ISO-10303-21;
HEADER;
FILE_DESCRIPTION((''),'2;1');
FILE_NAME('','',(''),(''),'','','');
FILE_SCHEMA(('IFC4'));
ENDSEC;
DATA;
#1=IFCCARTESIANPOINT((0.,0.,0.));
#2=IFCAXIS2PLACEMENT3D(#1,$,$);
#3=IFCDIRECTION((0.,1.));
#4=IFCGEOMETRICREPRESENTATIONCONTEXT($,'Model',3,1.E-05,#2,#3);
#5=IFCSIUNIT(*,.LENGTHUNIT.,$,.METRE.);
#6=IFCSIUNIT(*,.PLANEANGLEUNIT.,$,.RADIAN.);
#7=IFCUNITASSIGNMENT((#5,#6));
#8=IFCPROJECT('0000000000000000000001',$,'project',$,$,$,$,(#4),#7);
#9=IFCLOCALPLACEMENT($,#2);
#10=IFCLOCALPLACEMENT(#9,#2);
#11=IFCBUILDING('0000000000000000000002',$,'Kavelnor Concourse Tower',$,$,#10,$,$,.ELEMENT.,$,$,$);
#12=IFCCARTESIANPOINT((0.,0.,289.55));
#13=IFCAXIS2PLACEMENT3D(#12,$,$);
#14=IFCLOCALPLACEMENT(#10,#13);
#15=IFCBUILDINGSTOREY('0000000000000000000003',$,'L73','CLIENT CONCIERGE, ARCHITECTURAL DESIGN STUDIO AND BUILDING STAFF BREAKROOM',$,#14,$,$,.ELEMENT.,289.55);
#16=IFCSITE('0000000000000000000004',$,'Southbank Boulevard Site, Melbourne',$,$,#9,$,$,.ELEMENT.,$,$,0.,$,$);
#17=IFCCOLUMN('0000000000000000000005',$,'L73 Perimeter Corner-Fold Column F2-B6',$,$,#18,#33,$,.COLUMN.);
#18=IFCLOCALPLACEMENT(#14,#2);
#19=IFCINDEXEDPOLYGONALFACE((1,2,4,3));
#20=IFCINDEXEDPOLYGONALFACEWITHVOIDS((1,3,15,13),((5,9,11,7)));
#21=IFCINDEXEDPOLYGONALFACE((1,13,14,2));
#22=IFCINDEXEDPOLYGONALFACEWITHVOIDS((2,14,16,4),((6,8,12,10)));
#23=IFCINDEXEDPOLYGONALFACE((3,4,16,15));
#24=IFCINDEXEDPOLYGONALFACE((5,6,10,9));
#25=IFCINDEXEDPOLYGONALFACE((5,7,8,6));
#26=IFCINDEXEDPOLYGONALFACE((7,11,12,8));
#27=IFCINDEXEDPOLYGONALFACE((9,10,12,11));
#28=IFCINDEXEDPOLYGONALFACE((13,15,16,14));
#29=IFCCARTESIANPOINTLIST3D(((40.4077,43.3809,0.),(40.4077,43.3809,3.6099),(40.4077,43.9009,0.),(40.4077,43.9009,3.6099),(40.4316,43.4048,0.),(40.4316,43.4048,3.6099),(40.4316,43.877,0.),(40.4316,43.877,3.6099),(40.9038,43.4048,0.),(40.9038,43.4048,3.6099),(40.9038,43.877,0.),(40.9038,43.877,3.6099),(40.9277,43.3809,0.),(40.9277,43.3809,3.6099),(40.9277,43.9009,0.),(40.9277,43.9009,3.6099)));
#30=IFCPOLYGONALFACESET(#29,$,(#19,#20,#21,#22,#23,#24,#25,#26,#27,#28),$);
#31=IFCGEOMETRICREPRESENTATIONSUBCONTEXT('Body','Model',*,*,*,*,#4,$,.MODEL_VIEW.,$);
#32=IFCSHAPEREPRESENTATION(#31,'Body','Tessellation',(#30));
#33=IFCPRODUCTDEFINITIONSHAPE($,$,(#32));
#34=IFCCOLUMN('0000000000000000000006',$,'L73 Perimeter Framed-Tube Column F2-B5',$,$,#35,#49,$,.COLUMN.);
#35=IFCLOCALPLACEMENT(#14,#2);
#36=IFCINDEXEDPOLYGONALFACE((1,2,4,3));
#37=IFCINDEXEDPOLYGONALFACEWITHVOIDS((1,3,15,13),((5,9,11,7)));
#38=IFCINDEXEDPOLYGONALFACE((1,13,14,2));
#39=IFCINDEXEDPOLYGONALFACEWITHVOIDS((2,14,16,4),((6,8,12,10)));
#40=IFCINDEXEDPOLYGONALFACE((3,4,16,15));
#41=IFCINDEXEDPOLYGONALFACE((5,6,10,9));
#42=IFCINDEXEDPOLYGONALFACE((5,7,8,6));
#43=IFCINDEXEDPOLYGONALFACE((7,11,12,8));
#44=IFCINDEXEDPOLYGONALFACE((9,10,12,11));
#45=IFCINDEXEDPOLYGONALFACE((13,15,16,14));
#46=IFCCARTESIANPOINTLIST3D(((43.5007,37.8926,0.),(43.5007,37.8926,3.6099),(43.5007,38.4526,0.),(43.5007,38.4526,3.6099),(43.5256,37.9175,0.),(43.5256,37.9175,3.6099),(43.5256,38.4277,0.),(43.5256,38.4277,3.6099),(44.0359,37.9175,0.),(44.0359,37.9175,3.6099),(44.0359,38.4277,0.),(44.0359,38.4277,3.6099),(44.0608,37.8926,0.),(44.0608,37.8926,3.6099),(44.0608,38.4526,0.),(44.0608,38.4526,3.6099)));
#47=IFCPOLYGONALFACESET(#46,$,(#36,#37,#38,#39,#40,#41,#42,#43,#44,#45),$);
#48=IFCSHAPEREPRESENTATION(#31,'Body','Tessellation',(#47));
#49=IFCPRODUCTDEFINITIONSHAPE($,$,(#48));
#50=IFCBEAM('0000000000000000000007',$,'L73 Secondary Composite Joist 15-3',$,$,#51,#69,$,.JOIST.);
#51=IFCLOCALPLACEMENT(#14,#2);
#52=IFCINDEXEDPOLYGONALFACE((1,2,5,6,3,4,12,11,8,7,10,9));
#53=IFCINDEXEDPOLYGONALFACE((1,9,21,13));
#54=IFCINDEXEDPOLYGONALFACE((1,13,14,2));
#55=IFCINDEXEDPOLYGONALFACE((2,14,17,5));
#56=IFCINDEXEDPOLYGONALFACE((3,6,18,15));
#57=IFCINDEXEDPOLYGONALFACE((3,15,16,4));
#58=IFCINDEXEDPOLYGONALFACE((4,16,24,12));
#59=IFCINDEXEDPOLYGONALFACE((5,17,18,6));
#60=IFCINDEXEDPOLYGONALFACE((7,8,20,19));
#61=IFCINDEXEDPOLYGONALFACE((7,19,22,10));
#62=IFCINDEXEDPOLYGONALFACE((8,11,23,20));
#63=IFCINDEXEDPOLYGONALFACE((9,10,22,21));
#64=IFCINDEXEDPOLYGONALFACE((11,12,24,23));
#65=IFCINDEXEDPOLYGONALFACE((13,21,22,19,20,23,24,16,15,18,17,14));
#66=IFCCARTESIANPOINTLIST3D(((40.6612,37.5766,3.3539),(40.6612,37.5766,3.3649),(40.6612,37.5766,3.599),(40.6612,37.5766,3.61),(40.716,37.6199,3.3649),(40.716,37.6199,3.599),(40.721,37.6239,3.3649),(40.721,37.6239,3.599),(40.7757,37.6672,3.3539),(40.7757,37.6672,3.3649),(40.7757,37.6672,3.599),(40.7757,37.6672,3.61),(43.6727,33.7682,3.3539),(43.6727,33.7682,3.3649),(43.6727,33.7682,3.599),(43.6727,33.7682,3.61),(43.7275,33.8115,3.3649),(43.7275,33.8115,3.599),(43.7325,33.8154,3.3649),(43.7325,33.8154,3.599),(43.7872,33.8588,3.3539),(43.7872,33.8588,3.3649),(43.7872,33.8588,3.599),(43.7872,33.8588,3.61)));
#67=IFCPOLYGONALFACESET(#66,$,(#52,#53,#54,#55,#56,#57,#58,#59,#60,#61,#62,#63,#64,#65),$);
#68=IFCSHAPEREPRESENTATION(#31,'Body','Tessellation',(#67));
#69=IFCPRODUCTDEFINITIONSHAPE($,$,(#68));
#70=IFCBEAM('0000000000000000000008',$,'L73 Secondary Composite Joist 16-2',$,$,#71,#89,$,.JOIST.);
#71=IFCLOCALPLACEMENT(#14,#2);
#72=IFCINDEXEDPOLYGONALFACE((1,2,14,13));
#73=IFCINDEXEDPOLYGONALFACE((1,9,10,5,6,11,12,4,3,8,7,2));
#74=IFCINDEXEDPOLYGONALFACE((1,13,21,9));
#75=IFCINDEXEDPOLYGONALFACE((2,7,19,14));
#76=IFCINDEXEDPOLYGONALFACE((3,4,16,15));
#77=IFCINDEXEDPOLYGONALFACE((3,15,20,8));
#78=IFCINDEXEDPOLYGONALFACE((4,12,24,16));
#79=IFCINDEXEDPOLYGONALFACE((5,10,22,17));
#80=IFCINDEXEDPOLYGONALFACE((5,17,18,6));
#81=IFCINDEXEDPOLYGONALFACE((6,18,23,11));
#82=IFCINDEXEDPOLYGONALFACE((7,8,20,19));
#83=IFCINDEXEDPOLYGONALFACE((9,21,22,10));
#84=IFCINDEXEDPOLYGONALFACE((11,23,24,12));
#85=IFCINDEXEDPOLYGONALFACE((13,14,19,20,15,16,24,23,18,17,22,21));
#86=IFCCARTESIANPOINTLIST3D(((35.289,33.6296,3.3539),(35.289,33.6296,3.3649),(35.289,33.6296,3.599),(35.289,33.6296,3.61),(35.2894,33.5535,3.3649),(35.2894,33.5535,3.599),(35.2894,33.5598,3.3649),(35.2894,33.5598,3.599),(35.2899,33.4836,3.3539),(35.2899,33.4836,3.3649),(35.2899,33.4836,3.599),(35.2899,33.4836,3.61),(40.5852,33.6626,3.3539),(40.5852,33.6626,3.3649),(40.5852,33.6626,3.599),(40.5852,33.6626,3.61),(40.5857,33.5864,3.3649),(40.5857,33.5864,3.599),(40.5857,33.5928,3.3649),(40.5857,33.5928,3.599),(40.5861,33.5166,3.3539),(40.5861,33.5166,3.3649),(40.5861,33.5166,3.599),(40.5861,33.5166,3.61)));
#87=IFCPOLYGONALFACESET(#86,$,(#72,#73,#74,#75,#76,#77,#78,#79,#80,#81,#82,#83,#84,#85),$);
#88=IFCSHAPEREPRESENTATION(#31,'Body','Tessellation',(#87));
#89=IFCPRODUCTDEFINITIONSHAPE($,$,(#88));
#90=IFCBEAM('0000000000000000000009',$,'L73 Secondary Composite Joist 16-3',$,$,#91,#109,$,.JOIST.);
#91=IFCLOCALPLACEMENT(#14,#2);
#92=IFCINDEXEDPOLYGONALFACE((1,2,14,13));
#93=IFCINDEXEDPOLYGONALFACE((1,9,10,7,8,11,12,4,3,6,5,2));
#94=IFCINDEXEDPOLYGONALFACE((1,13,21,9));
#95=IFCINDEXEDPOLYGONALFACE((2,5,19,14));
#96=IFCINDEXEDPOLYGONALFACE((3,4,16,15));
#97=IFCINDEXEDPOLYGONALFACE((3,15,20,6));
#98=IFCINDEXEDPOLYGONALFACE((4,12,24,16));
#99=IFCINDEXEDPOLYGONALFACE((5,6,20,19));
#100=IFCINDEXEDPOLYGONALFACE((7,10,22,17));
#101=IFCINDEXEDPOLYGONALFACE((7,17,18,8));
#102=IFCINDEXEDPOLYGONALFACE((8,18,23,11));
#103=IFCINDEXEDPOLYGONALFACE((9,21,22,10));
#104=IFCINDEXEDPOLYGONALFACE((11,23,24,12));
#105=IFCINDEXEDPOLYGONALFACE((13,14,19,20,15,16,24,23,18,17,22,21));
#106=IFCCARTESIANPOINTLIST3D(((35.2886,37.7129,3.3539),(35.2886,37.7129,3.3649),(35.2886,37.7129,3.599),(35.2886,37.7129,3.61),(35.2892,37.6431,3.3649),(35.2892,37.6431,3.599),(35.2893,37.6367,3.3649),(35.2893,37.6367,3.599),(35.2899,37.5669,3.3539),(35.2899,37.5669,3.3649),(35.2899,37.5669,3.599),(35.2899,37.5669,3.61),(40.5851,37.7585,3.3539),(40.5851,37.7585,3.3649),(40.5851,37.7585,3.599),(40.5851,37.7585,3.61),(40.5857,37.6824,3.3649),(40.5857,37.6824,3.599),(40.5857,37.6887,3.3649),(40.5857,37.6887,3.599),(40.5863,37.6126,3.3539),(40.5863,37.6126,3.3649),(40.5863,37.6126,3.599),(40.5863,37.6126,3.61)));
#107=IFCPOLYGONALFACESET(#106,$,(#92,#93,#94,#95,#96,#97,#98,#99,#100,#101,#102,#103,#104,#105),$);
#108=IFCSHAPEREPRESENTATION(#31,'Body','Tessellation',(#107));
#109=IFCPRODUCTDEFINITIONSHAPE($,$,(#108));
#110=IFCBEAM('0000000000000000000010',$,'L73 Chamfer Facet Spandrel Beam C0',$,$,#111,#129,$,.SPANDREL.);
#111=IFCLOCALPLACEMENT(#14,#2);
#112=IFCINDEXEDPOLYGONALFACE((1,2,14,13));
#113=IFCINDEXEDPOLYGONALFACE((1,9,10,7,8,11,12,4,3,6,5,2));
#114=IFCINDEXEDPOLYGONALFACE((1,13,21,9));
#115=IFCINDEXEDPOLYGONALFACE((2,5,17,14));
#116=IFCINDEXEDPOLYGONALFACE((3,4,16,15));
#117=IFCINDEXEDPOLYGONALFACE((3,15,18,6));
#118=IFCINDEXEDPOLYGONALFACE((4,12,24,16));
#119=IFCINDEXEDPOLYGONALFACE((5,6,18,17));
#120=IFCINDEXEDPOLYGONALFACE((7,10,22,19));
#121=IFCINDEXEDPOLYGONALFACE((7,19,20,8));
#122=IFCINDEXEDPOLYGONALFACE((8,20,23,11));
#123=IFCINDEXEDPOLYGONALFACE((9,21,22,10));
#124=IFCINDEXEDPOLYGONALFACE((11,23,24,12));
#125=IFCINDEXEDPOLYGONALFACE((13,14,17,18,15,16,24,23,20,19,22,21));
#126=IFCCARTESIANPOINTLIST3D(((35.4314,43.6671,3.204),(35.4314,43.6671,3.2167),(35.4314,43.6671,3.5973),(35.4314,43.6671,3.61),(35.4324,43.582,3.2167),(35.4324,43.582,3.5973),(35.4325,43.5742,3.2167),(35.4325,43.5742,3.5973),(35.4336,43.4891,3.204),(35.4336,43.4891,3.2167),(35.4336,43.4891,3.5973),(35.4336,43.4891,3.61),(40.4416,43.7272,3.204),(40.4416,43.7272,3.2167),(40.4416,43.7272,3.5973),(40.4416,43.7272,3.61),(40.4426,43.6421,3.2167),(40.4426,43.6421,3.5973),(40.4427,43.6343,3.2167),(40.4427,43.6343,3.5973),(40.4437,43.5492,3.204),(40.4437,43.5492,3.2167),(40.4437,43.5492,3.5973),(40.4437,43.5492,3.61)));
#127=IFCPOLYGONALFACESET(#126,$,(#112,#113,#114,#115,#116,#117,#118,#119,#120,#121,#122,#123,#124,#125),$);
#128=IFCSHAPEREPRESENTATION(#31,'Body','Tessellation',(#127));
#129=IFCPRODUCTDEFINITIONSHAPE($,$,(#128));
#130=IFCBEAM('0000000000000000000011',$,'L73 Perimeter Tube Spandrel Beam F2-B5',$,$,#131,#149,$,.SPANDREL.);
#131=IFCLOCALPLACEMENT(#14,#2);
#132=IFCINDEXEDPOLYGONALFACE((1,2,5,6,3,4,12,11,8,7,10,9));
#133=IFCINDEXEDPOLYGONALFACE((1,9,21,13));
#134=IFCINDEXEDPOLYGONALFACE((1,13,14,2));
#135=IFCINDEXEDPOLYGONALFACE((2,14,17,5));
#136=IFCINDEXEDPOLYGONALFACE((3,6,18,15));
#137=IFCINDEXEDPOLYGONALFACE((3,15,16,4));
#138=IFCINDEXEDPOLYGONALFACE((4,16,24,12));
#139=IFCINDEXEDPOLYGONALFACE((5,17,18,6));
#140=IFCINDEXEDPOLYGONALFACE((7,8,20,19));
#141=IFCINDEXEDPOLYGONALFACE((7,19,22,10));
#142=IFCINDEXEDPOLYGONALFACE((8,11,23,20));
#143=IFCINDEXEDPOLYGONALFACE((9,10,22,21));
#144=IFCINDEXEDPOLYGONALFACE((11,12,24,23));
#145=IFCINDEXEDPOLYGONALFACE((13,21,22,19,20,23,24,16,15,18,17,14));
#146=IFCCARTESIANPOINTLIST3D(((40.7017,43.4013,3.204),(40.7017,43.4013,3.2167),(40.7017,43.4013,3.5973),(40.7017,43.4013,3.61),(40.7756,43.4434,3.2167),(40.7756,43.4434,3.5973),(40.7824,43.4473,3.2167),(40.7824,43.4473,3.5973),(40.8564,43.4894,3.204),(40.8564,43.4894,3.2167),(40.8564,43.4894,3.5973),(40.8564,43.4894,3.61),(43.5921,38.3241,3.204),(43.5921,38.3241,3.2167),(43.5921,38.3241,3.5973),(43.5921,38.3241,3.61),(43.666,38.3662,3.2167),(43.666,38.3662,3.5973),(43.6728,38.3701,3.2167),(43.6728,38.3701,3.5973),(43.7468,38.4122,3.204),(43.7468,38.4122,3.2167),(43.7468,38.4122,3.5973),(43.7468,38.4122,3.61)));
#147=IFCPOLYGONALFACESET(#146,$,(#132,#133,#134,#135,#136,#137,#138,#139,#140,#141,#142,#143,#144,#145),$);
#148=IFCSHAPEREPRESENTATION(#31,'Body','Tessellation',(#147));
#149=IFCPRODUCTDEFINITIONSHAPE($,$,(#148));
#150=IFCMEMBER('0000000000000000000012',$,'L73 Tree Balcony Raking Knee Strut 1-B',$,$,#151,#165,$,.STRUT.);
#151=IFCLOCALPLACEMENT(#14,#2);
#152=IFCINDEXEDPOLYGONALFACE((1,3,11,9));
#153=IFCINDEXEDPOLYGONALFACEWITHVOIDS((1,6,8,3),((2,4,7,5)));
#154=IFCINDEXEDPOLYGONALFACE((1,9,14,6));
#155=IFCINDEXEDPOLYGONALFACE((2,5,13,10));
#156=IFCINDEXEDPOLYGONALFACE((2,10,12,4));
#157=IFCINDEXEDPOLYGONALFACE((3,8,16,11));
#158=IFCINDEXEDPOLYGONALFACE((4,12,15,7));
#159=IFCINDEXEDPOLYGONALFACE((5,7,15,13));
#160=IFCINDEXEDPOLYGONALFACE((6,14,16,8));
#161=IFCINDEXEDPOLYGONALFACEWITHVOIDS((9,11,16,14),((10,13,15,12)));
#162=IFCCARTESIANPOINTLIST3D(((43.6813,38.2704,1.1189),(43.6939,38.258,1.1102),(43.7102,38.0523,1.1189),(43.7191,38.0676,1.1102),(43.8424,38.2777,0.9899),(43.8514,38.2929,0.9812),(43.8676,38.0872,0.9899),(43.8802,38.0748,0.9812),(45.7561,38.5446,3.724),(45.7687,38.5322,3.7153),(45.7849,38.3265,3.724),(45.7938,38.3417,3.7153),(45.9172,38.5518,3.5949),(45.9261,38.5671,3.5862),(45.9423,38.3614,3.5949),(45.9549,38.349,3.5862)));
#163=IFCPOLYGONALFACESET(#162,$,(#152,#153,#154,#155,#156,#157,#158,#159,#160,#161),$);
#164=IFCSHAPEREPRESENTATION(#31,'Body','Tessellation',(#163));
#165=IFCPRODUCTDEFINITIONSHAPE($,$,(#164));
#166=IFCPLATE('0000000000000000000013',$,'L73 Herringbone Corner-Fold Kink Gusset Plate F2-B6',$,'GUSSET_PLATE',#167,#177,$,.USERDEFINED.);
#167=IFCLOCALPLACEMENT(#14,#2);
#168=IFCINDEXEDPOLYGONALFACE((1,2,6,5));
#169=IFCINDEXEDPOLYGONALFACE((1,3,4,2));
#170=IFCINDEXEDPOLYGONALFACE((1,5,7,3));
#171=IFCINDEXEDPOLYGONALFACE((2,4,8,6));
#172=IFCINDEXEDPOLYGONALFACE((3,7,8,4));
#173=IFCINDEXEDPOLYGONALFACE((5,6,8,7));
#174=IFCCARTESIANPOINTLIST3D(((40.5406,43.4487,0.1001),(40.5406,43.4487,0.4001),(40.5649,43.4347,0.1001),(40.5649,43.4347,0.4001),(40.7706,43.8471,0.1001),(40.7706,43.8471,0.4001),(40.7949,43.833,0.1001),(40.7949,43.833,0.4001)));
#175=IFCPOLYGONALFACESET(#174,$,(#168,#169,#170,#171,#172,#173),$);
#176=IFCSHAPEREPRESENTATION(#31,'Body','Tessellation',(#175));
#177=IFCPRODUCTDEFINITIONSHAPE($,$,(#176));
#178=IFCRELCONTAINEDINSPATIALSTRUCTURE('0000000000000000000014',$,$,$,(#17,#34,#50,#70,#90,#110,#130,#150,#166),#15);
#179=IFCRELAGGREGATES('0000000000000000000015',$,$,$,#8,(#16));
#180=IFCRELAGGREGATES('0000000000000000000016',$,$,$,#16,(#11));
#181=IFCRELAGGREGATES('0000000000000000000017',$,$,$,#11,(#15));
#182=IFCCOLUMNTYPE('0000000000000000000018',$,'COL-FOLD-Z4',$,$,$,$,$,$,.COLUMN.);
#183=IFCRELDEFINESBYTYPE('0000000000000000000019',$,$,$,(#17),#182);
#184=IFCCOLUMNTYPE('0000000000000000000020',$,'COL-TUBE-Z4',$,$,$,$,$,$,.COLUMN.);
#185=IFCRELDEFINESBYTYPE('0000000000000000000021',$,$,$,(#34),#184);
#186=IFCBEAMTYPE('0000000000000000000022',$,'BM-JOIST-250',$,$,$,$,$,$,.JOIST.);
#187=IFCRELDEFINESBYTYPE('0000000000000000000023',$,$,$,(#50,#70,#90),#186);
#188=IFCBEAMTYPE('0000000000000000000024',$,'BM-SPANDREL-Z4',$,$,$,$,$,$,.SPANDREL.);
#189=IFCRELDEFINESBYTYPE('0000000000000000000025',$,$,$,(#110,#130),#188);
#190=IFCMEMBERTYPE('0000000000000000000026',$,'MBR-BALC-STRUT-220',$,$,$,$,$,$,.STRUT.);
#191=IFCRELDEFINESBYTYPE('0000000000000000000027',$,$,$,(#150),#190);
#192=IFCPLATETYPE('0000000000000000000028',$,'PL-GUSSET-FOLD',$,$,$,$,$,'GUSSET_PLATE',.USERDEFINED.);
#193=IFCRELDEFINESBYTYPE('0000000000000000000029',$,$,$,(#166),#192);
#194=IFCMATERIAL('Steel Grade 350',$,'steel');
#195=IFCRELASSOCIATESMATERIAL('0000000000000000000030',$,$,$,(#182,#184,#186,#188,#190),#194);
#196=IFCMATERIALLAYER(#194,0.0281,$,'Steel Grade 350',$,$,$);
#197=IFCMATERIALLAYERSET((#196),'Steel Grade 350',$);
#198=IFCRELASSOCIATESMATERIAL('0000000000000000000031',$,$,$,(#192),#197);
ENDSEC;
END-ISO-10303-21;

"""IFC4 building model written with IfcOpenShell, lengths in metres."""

from ifc_helpers import new_model, si_unit, direction, frame, origin, origin_2d, place, context, subcontext, project, spatial, rectangle, hollow_rectangle, i_section, extrude, material, layer, layer_set, material_profile, profile_set, type_object, element, save


model = new_model("IFC4")

# Units and contexts
model_context = context("Model", 3, precision=1e-05, world=origin(), true_north=direction((0.0, 1.0)))
body_context = subcontext(model_context, "Body", "Model", "MODEL_VIEW")
ifc_project = project(units=[si_unit("LENGTHUNIT", "METRE"), si_unit("PLANEANGLEUNIT", "RADIAN")], contexts=[model_context])

# Site, building, storey
site_placement = place(None, origin())
site = spatial("IfcSite", under=ifc_project, at=site_placement, Name="Southbank Boulevard Site, Melbourne", CompositionType="ELEMENT", RefElevation=0.0)
building_placement = place(site_placement, origin())
building = spatial("IfcBuilding", under=site, at=building_placement, Name="Kavelnor Concourse Tower", CompositionType="ELEMENT")
storey_placement = place(building_placement, frame((0.0, 0.0, 289.55)))
storey = spatial("IfcBuildingStorey", under=building, at=storey_placement, Name="L73", Description="CLIENT CONCIERGE, ARCHITECTURAL DESIGN STUDIO AND BUILDING STAFF BREAKROOM", CompositionType="ELEMENT", Elevation=289.55)

# Columns
ifc_material_1 = material(Name="Steel Grade 350", Category="steel")
ifc_material_profile_1 = material_profile(ifc_material_1, hollow_rectangle(XDim=0.52, YDim=0.52, WallThickness=0.0239, at=origin_2d()), Name="SHS 520x520x24")
ifc_profile_set_1 = profile_set([ifc_material_profile_1], Name="Steel Grade 350")
column_type_1 = type_object("IfcColumnType", Name="COL-FOLD-Z4", PredefinedType="COLUMN", material=ifc_profile_set_1)
column_1_placement = place(storey_placement, frame((40.6677, 43.6409, 0.0), z_axis=(0.0, 0.0, 1.0), x_axis=(1.0, 0.0, 0.0)))
element("IfcColumn", 1, at=column_1_placement, inside=storey, type_object=column_type_1, Name="L73 Perimeter Corner-Fold Column F2-B6", PredefinedType="COLUMN", context=body_context, shape_type="SweptSolid", body=[
    extrude(hollow_rectangle(XDim=0.52, YDim=0.52, WallThickness=0.0239, at=origin_2d()), origin(), (0.0, 0.0, 1.0), 3.6099),
])
ifc_material_profile_2 = material_profile(ifc_material_1, hollow_rectangle(XDim=0.5601, YDim=0.5601, WallThickness=0.0249, at=origin_2d()), Name="SHS 560x560x25")
ifc_profile_set_2 = profile_set([ifc_material_profile_2], Name="Steel Grade 350")
column_type_2 = type_object("IfcColumnType", Name="COL-TUBE-Z4", PredefinedType="COLUMN", material=ifc_profile_set_2)
column_2_placement = place(storey_placement, frame((43.7808, 38.1726, 0.0), z_axis=(0.0, 0.0, 1.0), x_axis=(1.0, 0.0, 0.0)))
element("IfcColumn", 2, at=column_2_placement, inside=storey, type_object=column_type_2, Name="L73 Perimeter Framed-Tube Column F2-B5", PredefinedType="COLUMN", context=body_context, shape_type="SweptSolid", body=[
    extrude(hollow_rectangle(XDim=0.5601, YDim=0.5601, WallThickness=0.0249, at=origin_2d()), origin(), (0.0, 0.0, 1.0), 3.6099),
])

# Beams
ifc_material_profile_3 = material_profile(ifc_material_1, i_section(OverallWidth=0.146, OverallDepth=0.2561, WebThickness=0.0063, FlangeThickness=0.011, at=origin_2d()), Name="250UB37")
ifc_profile_set_3 = profile_set([ifc_material_profile_3], Name="Steel Grade 350")
beam_type_1 = type_object("IfcBeamType", Name="BM-JOIST-250", PredefinedType="JOIST", material=ifc_profile_set_3)
beam_1_placement = place(storey_placement, frame((43.73, 33.8135, 3.4819), z_axis=(-0.620264, 0.784393, 0.0), x_axis=(-0.784393, -0.620264, 0.0)))
element("IfcBeam", 3, at=beam_1_placement, inside=storey, type_object=beam_type_1, Name="L73 Secondary Composite Joist 15-3", PredefinedType="JOIST", context=body_context, shape_type="SweptSolid", body=[
    extrude(i_section(OverallWidth=0.146, OverallDepth=0.2561, WebThickness=0.0063, FlangeThickness=0.011, at=origin_2d()), origin(), (0.0, 0.0, 1.0), 4.8552),
])
beam_2_placement = place(storey_placement, frame((40.5857, 33.5896, 3.4819), z_axis=(-0.999981, -0.006223, 0.0), x_axis=(0.006223, -0.999981, 0.0)))
element("IfcBeam", 4, at=beam_2_placement, inside=storey, type_object=beam_type_1, Name="L73 Secondary Composite Joist 16-2", PredefinedType="JOIST", context=body_context, shape_type="SweptSolid", body=[
    extrude(i_section(OverallWidth=0.146, OverallDepth=0.2561, WebThickness=0.0063, FlangeThickness=0.011, at=origin_2d()), origin(), (0.0, 0.0, 1.0), 5.2964),
])
beam_3_placement = place(storey_placement, frame((40.5857, 37.6855, 3.4819), z_axis=(-0.999963, -0.00862, 0.0), x_axis=(0.00862, -0.999963, 0.0)))
element("IfcBeam", 5, at=beam_3_placement, inside=storey, type_object=beam_type_1, Name="L73 Secondary Composite Joist 16-3", PredefinedType="JOIST", context=body_context, shape_type="SweptSolid", body=[
    extrude(i_section(OverallWidth=0.146, OverallDepth=0.2561, WebThickness=0.0063, FlangeThickness=0.011, at=origin_2d()), origin(), (0.0, 0.0, 1.0), 5.2966),
])
ifc_material_profile_4 = material_profile(ifc_material_1, i_section(OverallWidth=0.178, OverallDepth=0.406, WebThickness=0.0078, FlangeThickness=0.0127, at=origin_2d()), Name="410UB59")
ifc_profile_set_4 = profile_set([ifc_material_profile_4], Name="Steel Grade 350")
beam_type_2 = type_object("IfcBeamType", Name="BM-SPANDREL-Z4", PredefinedType="SPANDREL", material=ifc_profile_set_4)
beam_4_placement = place(storey_placement, frame((40.4426, 43.6382, 3.407), z_axis=(-0.999928, -0.011986, 0.0), x_axis=(0.011986, -0.999928, 0.0)))
element("IfcBeam", 6, at=beam_4_placement, inside=storey, type_object=beam_type_2, Name="L73 Chamfer Facet Spandrel Beam C0", PredefinedType="SPANDREL", context=body_context, shape_type="SweptSolid", body=[
    extrude(i_section(OverallWidth=0.178, OverallDepth=0.406, WebThickness=0.0078, FlangeThickness=0.0127, at=origin_2d()), origin(), (0.0, 0.0, 1.0), 5.0105),
])
beam_5_placement = place(storey_placement, frame((43.6694, 38.3682, 3.407), z_axis=(-0.494739, 0.869042, 0.0), x_axis=(-0.869042, -0.494739, 0.0)))
element("IfcBeam", 7, at=beam_5_placement, inside=storey, type_object=beam_type_2, Name="L73 Perimeter Tube Spandrel Beam F2-B5", PredefinedType="SPANDREL", context=body_context, shape_type="SweptSolid", body=[
    extrude(i_section(OverallWidth=0.178, OverallDepth=0.406, WebThickness=0.0078, FlangeThickness=0.0127, at=origin_2d()), origin(), (0.0, 0.0, 1.0), 5.8423),
])

# Member
ifc_material_profile_5 = material_profile(ifc_material_1, hollow_rectangle(XDim=0.22, YDim=0.22, WallThickness=0.0139, at=origin_2d()), Name="SHS 220x220x14")
ifc_profile_set_5 = profile_set([ifc_material_profile_5], Name="Steel Grade 350")
member_type = type_object("IfcMemberType", Name="MBR-BALC-STRUT-220", PredefinedType="STRUT", material=ifc_profile_set_5)
member_placement = place(storey_placement, frame((43.7808, 38.1726, 1.05), z_axis=(0.620894, 0.08205, 0.779588), x_axis=(-0.13101, 0.991381, 0.0)))
element("IfcMember", 8, at=member_placement, inside=storey, type_object=member_type, Name="L73 Tree Balcony Raking Knee Strut 1-B", PredefinedType="STRUT", context=body_context, shape_type="SweptSolid", body=[
    extrude(hollow_rectangle(XDim=0.22, YDim=0.22, WallThickness=0.0139, at=origin_2d()), origin(), (0.0, 0.0, 1.0), 3.3416),
])

# Plate
ifc_layer_1 = layer(ifc_material_1, 0.0281, Name="Steel Grade 350")
ifc_layer_set_1 = layer_set([ifc_layer_1], Name="Steel Grade 350")
plate_type = type_object("IfcPlateType", Name="PL-GUSSET-FOLD", ElementType="GUSSET_PLATE", PredefinedType="USERDEFINED", material=ifc_layer_set_1)
plate_placement = place(storey_placement, frame((40.6677, 43.6409, 0.1001), z_axis=(0.0, 0.0, 1.0), x_axis=(-0.5, -0.866025, 0.0)))
element("IfcPlate", 9, at=plate_placement, inside=storey, type_object=plate_type, Name="L73 Herringbone Corner-Fold Kink Gusset Plate F2-B6", ObjectType="GUSSET_PLATE", PredefinedType="USERDEFINED", context=body_context, shape_type="SweptSolid", body=[
    extrude(rectangle(XDim=0.46, YDim=0.0281, at=origin_2d()), origin(), (0.0, 0.0, 1.0), 0.3),
])

save(model, "model.ifc")
